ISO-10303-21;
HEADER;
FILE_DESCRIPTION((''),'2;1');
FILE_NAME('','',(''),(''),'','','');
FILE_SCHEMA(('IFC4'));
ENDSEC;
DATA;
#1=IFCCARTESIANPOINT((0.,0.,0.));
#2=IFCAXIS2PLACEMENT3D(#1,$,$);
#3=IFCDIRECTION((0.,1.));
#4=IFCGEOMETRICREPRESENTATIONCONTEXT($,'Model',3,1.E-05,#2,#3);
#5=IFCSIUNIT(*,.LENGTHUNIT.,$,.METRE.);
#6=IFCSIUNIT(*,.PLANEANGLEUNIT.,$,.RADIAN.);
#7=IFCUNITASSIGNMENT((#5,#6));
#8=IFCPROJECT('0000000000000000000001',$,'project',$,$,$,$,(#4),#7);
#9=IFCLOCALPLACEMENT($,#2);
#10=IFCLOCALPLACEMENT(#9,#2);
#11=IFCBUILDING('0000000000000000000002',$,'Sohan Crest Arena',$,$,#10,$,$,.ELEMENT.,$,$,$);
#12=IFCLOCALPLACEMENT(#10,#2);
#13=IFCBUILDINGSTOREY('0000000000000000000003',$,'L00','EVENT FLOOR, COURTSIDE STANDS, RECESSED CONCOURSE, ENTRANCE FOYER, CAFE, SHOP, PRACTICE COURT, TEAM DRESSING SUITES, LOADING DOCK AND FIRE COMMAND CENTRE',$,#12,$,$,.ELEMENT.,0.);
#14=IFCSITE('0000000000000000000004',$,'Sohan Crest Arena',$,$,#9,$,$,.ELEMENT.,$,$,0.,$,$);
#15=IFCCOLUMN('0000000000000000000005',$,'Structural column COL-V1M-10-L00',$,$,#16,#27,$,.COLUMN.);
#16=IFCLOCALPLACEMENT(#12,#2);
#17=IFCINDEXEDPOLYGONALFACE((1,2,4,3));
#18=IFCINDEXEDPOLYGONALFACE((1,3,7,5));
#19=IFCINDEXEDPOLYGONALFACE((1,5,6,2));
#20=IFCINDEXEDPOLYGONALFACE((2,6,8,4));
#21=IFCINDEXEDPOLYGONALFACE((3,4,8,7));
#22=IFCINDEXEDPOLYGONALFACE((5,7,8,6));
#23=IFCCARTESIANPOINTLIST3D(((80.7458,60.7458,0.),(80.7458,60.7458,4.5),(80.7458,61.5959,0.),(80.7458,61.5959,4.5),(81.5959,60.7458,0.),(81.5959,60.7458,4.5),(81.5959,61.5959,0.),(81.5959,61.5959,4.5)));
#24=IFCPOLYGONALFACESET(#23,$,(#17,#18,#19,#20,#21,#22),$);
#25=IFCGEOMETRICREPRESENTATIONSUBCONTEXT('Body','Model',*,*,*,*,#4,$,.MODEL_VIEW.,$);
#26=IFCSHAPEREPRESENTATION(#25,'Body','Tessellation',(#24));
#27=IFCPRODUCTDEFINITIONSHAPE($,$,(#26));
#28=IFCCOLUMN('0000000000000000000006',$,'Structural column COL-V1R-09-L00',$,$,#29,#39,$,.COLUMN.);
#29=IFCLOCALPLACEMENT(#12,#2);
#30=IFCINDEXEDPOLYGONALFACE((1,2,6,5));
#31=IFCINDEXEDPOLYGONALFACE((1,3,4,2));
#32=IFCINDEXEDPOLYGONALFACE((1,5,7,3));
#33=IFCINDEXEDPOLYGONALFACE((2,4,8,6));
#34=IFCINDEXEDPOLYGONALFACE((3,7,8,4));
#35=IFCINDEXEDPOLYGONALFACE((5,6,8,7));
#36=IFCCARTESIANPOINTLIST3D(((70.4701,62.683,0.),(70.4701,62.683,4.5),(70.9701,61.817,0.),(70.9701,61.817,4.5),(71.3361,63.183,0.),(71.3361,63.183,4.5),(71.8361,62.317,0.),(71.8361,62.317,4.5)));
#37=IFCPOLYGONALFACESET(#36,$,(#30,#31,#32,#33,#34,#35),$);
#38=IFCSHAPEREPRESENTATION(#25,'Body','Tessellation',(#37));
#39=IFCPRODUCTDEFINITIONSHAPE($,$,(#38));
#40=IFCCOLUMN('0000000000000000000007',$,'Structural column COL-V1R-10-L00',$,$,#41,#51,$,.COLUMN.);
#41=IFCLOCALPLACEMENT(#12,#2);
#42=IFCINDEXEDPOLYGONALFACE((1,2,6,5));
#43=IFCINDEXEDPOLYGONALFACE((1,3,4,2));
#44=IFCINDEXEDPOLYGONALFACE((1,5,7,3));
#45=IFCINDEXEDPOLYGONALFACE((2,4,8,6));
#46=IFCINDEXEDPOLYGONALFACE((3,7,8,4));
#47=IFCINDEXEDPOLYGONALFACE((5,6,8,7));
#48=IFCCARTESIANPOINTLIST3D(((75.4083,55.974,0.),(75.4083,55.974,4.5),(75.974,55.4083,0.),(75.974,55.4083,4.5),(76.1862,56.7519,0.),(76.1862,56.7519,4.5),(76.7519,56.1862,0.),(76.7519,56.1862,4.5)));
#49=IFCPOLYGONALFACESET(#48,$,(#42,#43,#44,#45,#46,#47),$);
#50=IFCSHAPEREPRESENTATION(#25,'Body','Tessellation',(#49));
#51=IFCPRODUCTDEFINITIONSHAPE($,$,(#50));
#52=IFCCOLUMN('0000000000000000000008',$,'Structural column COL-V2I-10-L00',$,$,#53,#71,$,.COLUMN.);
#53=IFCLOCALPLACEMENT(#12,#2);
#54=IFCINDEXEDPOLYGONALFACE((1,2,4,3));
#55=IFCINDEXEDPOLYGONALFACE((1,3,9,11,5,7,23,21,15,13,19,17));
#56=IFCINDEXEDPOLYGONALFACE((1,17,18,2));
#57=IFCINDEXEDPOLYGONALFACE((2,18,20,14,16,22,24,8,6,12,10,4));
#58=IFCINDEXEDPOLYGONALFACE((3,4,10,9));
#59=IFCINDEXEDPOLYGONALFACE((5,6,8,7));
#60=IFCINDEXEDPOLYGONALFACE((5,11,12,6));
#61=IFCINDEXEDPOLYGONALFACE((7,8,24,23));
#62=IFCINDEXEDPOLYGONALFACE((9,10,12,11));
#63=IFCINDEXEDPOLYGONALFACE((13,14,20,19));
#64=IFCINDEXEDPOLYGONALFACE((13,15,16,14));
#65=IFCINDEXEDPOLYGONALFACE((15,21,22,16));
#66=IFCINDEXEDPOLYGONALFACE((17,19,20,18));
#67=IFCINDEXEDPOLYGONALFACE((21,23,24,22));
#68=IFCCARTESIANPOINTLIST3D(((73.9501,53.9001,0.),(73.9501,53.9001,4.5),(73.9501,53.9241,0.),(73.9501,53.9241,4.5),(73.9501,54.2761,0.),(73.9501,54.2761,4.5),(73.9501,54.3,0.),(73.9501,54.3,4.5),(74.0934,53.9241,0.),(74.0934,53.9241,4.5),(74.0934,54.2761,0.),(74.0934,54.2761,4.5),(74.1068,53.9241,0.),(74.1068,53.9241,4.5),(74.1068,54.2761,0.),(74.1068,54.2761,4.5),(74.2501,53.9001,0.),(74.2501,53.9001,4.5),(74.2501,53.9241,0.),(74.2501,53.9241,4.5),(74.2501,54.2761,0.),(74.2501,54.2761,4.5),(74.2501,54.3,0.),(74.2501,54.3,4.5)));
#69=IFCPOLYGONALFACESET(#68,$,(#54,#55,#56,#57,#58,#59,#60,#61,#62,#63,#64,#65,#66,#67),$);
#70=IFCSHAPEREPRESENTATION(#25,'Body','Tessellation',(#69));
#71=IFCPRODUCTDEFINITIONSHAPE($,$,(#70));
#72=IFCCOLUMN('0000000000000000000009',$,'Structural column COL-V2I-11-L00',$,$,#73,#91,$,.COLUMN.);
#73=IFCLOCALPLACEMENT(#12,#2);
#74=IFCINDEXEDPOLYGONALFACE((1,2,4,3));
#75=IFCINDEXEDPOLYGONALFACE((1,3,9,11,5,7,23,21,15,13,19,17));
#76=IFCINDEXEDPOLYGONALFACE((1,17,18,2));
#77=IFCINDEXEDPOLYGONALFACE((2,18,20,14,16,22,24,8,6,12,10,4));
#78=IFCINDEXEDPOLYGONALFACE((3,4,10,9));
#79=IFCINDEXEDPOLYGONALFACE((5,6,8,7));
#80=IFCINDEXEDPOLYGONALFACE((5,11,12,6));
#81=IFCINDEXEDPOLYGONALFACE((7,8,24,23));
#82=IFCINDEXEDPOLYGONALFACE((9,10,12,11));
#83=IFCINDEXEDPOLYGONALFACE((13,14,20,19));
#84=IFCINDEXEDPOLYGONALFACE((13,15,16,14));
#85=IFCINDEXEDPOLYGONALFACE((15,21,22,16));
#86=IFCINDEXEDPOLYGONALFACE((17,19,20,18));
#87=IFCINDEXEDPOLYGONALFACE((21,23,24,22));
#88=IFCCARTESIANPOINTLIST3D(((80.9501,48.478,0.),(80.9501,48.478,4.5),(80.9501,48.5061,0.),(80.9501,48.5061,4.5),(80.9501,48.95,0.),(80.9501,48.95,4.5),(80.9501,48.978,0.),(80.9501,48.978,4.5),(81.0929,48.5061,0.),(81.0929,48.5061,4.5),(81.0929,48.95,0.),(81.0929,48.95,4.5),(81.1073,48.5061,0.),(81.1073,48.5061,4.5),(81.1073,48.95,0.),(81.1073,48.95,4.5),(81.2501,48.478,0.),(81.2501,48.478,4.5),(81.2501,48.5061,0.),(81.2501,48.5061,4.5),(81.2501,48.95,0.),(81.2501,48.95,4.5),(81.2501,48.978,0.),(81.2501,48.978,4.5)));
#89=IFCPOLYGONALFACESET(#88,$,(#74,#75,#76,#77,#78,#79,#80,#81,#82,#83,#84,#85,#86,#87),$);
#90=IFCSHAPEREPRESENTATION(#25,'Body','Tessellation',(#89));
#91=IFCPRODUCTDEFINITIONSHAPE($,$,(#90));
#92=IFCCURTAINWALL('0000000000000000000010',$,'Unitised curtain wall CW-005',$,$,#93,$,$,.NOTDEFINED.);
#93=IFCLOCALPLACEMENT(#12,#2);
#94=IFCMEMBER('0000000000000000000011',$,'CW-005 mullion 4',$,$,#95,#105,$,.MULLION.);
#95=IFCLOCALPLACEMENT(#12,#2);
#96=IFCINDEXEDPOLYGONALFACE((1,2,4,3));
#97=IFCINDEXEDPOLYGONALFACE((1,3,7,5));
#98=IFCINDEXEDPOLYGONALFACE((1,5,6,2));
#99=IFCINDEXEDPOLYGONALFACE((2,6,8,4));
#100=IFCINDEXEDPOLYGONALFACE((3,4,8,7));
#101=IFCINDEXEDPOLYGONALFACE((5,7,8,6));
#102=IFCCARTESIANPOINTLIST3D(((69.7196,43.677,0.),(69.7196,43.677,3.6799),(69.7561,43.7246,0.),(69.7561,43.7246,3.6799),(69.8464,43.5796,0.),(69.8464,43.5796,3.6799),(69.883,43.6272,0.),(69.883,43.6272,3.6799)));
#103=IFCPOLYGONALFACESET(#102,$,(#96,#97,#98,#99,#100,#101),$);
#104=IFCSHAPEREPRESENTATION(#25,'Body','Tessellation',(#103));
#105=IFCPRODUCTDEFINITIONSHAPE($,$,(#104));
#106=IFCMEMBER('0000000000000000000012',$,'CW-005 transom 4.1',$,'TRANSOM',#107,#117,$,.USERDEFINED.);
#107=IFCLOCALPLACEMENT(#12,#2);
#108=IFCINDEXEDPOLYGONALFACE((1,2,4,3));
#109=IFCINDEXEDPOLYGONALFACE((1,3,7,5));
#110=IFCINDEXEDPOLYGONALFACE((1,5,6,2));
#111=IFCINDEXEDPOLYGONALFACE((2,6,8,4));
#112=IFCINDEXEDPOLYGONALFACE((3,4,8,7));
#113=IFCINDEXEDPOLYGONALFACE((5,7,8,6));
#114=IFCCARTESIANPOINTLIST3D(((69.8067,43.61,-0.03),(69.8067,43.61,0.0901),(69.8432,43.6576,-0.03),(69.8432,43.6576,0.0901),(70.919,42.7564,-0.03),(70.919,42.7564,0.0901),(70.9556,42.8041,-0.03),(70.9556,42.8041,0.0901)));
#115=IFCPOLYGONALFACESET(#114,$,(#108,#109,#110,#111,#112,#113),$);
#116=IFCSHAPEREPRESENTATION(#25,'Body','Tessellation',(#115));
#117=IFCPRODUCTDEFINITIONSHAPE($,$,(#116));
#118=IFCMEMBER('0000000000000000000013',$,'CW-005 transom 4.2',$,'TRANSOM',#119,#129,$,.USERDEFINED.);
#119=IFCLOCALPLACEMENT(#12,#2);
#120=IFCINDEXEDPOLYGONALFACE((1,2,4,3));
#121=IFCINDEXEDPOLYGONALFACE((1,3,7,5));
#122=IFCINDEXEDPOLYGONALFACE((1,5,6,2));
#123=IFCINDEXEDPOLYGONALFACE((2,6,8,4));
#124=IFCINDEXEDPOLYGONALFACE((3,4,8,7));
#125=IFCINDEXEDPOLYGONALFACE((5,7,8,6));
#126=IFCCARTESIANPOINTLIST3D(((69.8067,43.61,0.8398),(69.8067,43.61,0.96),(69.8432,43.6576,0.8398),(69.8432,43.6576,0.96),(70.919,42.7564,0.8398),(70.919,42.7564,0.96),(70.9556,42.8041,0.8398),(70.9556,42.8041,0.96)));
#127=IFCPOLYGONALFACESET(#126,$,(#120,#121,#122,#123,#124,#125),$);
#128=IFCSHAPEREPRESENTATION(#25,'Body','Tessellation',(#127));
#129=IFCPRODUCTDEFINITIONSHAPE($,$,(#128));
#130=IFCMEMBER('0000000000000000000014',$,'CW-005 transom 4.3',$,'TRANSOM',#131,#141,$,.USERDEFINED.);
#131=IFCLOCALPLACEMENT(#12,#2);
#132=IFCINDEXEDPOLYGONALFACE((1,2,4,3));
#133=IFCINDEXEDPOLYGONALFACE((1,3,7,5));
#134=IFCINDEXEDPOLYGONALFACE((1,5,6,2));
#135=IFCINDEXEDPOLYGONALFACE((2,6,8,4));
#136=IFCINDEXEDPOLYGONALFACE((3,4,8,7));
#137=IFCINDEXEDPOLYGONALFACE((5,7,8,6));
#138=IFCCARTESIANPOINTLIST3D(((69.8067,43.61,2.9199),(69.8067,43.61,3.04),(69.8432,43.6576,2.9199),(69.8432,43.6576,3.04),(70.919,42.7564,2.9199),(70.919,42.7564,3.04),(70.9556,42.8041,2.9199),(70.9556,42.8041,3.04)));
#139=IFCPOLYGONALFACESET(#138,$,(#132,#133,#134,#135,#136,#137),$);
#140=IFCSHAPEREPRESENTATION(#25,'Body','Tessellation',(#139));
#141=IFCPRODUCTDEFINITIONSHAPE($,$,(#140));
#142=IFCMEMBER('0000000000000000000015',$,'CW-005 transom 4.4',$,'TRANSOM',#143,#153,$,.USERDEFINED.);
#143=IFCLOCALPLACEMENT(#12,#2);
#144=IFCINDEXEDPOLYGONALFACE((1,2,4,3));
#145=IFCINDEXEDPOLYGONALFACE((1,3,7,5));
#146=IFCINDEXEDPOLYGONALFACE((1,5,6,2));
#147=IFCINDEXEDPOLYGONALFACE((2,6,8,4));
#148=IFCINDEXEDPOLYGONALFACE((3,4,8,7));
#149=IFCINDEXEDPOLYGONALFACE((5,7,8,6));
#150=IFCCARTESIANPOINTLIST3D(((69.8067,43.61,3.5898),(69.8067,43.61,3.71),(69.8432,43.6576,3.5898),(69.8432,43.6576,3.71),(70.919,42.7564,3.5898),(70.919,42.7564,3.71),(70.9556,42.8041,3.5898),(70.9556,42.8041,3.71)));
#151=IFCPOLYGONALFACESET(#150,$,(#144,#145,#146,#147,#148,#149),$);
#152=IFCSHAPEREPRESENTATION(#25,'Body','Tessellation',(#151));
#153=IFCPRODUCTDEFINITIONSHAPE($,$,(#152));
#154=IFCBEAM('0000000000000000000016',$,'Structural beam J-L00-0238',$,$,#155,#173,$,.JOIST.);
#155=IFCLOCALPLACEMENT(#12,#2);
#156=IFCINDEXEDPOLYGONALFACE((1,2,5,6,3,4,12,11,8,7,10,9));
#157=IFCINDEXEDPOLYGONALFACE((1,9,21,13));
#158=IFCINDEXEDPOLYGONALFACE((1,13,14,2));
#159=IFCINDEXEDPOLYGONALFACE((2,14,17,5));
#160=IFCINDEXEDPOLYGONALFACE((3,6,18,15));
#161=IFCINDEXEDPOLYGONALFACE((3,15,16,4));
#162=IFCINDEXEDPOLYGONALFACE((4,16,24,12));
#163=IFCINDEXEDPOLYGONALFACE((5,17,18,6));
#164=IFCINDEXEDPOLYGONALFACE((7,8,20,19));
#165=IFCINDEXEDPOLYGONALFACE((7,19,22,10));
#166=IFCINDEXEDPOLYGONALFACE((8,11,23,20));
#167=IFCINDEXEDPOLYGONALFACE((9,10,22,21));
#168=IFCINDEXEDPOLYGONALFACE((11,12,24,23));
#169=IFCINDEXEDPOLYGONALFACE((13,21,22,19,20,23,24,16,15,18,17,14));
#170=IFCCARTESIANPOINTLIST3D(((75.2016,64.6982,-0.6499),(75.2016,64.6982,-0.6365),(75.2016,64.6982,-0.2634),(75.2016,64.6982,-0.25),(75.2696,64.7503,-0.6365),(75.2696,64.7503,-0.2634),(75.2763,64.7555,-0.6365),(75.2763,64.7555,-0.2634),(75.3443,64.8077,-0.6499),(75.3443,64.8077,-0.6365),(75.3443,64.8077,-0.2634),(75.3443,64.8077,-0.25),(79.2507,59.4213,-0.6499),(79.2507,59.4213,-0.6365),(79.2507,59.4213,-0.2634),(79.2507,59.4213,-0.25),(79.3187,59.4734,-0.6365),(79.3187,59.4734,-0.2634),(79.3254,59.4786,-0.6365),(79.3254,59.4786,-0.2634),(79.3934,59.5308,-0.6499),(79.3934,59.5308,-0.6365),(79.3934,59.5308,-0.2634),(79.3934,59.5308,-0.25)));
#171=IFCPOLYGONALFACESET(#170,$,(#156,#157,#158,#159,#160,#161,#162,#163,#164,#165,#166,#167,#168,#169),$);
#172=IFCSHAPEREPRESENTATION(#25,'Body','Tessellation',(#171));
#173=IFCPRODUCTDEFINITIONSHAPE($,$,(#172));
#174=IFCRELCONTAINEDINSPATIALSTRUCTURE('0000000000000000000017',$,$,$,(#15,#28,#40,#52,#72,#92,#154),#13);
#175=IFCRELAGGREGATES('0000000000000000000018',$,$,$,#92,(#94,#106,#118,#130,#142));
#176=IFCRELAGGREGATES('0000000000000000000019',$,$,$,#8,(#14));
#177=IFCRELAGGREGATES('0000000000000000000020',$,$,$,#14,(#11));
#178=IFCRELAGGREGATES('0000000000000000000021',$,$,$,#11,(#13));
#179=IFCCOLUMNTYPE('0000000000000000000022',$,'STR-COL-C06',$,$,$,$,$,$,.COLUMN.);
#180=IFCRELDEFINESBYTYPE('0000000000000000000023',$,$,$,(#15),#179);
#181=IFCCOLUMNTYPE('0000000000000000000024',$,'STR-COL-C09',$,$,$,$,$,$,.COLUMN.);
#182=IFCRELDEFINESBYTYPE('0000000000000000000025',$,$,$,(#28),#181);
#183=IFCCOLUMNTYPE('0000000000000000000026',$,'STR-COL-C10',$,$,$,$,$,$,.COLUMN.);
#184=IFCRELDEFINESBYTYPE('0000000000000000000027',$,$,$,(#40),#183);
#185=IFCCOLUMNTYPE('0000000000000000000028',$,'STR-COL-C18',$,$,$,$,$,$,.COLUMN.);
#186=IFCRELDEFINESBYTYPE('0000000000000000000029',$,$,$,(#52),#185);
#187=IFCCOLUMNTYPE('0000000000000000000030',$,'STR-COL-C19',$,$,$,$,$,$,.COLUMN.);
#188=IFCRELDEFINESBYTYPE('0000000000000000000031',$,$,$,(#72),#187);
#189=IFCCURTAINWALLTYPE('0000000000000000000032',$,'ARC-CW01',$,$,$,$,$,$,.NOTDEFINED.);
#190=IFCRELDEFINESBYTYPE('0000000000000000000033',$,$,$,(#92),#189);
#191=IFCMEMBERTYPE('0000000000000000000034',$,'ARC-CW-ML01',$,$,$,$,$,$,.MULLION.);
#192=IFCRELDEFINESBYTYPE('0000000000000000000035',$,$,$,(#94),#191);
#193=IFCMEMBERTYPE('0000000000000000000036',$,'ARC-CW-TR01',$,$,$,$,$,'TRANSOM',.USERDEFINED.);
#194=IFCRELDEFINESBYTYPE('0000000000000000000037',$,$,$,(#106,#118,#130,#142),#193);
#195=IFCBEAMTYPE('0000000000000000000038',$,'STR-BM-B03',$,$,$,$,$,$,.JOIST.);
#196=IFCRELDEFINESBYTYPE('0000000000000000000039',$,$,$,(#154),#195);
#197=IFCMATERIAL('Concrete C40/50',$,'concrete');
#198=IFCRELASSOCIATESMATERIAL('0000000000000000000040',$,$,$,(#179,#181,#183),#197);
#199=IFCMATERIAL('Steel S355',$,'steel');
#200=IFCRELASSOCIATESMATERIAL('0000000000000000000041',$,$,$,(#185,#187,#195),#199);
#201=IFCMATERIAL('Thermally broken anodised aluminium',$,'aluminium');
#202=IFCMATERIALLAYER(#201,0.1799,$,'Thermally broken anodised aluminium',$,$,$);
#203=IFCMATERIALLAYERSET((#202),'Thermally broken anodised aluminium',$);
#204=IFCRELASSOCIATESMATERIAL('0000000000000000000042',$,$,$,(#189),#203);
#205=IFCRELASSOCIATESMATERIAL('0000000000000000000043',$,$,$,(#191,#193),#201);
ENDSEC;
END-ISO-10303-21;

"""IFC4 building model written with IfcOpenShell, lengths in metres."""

from ifc_helpers import new_model, si_unit, direction, frame, origin, origin_2d, place, context, subcontext, project, spatial, rectangle, i_section, extrude, material, layer, layer_set, material_profile, profile_set, type_object, element, aggregate, save


model = new_model("IFC4")

# Units and contexts
model_context = context("Model", 3, precision=1e-05, world=origin(), true_north=direction((0.0, 1.0)))
body_context = subcontext(model_context, "Body", "Model", "MODEL_VIEW")
ifc_project = project(units=[si_unit("LENGTHUNIT", "METRE"), si_unit("PLANEANGLEUNIT", "RADIAN")], contexts=[model_context])

# Site, building, storey
site_placement = place(None, origin())
site = spatial("IfcSite", under=ifc_project, at=site_placement, Name="Sohan Crest Arena", CompositionType="ELEMENT", RefElevation=0.0)
building_placement = place(site_placement, origin())
building = spatial("IfcBuilding", under=site, at=building_placement, Name="Sohan Crest Arena", CompositionType="ELEMENT")
storey_placement = place(building_placement, origin())
storey = spatial("IfcBuildingStorey", under=building, at=storey_placement, Name="L00", Description="EVENT FLOOR, COURTSIDE STANDS, RECESSED CONCOURSE, ENTRANCE FOYER, CAFE, SHOP, PRACTICE COURT, TEAM DRESSING SUITES, LOADING DOCK AND FIRE COMMAND CENTRE", CompositionType="ELEMENT", Elevation=0.0)

# Columns
ifc_material_1 = material(Name="Concrete C40/50", Category="concrete")
ifc_material_profile_1 = material_profile(ifc_material_1, rectangle(XDim=0.8501, YDim=0.8501, at=origin_2d()), Name="RC 850x850")
ifc_profile_set_1 = profile_set([ifc_material_profile_1], Name="Concrete C40/50")
column_type_1 = type_object("IfcColumnType", Name="STR-COL-C06", PredefinedType="COLUMN", material=ifc_profile_set_1)
column_1_placement = place(storey_placement, frame((81.1709, 61.1709, 0.0), z_axis=(0.0, 0.0, 1.0), x_axis=(1.0, 0.0, 0.0)))
element("IfcColumn", 1, at=column_1_placement, inside=storey, type_object=column_type_1, Name="Structural column COL-V1M-10-L00", PredefinedType="COLUMN", context=body_context, shape_type="SweptSolid", body=[
    extrude(rectangle(XDim=0.8501, YDim=0.8501, at=origin_2d()), origin(), (0.0, 0.0, 1.0), 4.5),
])
ifc_material_profile_2 = material_profile(ifc_material_1, rectangle(XDim=1.0, YDim=1.0, at=origin_2d()), Name="RC 1000x1000")
ifc_profile_set_2 = profile_set([ifc_material_profile_2], Name="Concrete C40/50")
column_type_2 = type_object("IfcColumnType", Name="STR-COL-C09", PredefinedType="COLUMN", material=ifc_profile_set_2)
column_2_placement = place(storey_placement, frame((71.1531, 62.5, 0.0), z_axis=(0.0, 0.0, 1.0), x_axis=(0.866025, 0.5, 0.0)))
element("IfcColumn", 2, at=column_2_placement, inside=storey, type_object=column_type_2, Name="Structural column COL-V1R-09-L00", PredefinedType="COLUMN", context=body_context, shape_type="SweptSolid", body=[
    extrude(rectangle(XDim=1.0, YDim=1.0, at=origin_2d()), origin(), (0.0, 0.0, 1.0), 4.5),
])
ifc_material_profile_3 = material_profile(ifc_material_1, rectangle(XDim=1.1001, YDim=0.8, at=origin_2d()), Name="RC 1100x800")
ifc_profile_set_3 = profile_set([ifc_material_profile_3], Name="Concrete C40/50")
column_type_3 = type_object("IfcColumnType", Name="STR-COL-C10", PredefinedType="COLUMN", material=ifc_profile_set_3)
column_3_placement = place(storey_placement, frame((76.0801, 56.0801, 0.0), z_axis=(0.0, 0.0, 1.0), x_axis=(0.707107, 0.707107, 0.0)))
element("IfcColumn", 3, at=column_3_placement, inside=storey, type_object=column_type_3, Name="Structural column COL-V1R-10-L00", PredefinedType="COLUMN", context=body_context, shape_type="SweptSolid", body=[
    extrude(rectangle(XDim=1.1001, YDim=0.8, at=origin_2d()), origin(), (0.0, 0.0, 1.0), 4.5),
])
ifc_material_2 = material(Name="Steel S355", Category="steel")
ifc_material_profile_4 = material_profile(ifc_material_2, i_section(OverallWidth=0.3, OverallDepth=0.3999, WebThickness=0.0134, FlangeThickness=0.0239, at=origin_2d()), Name="HEB 400")
ifc_profile_set_4 = profile_set([ifc_material_profile_4], Name="Steel S355")
column_type_4 = type_object("IfcColumnType", Name="STR-COL-C18", PredefinedType="COLUMN", material=ifc_profile_set_4)
column_4_placement = place(storey_placement, frame((74.1001, 54.1001, 0.0), z_axis=(0.0, 0.0, 1.0), x_axis=(1.0, 0.0, 0.0)))
element("IfcColumn", 4, at=column_4_placement, inside=storey, type_object=column_type_4, Name="Structural column COL-V2I-10-L00", PredefinedType="COLUMN", context=body_context, shape_type="SweptSolid", body=[
    extrude(i_section(OverallWidth=0.3, OverallDepth=0.3999, WebThickness=0.0134, FlangeThickness=0.0239, at=origin_2d()), origin(), (0.0, 0.0, 1.0), 4.5),
])
ifc_material_profile_5 = material_profile(ifc_material_2, i_section(OverallWidth=0.3, OverallDepth=0.5, WebThickness=0.0144, FlangeThickness=0.0281, at=origin_2d()), Name="HEB 500")
ifc_profile_set_5 = profile_set([ifc_material_profile_5], Name="Steel S355")
column_type_5 = type_object("IfcColumnType", Name="STR-COL-C19", PredefinedType="COLUMN", material=ifc_profile_set_5)
column_5_placement = place(storey_placement, frame((81.1001, 48.728, 0.0), z_axis=(0.0, 0.0, 1.0), x_axis=(1.0, 0.0, 0.0)))
element("IfcColumn", 5, at=column_5_placement, inside=storey, type_object=column_type_5, Name="Structural column COL-V2I-11-L00", PredefinedType="COLUMN", context=body_context, shape_type="SweptSolid", body=[
    extrude(i_section(OverallWidth=0.3, OverallDepth=0.5, WebThickness=0.0144, FlangeThickness=0.0281, at=origin_2d()), origin(), (0.0, 0.0, 1.0), 4.5),
])

# Curtain wall, members
ifc_material_3 = material(Name="Thermally broken anodised aluminium", Category="aluminium")
ifc_layer_1 = layer(ifc_material_3, 0.1799, Name="Thermally broken anodised aluminium")
ifc_layer_set_1 = layer_set([ifc_layer_1], Name="Thermally broken anodised aluminium")
curtain_wall_type = type_object("IfcCurtainWallType", Name="ARC-CW01", PredefinedType="NOTDEFINED", material=ifc_layer_set_1)
curtain_wall_placement = place(storey_placement, origin())
curtain_wall = element("IfcCurtainWall", 6, at=curtain_wall_placement, inside=storey, type_object=curtain_wall_type, Name="Unitised curtain wall CW-005", PredefinedType="NOTDEFINED")
ifc_material_profile_6 = material_profile(ifc_material_3, rectangle(XDim=0.0601, YDim=0.1599, at=origin_2d()), Name="ALU-MULL 60x160")
ifc_profile_set_6 = profile_set([ifc_material_profile_6], Name="Thermally broken anodised aluminium")
member_type_1 = type_object("IfcMemberType", Name="ARC-CW-ML01", PredefinedType="MULLION", material=ifc_profile_set_6)
member_1_placement = place(storey_placement, frame((69.8013, 43.6521, 0.0), z_axis=(0.0, 0.0, 1.0), x_axis=(0.608801, 0.793323, 0.0)))
member_1 = element("IfcMember", 7, at=member_1_placement, type_object=member_type_1, Name="CW-005 mullion 4", PredefinedType="MULLION", context=body_context, shape_type="SweptSolid", body=[
    extrude(rectangle(XDim=0.0601, YDim=0.1599, at=origin_2d()), origin(), (0.0, 0.0, 1.0), 3.6799),
])
ifc_material_profile_7 = material_profile(ifc_material_3, rectangle(XDim=0.0601, YDim=0.1201, at=origin_2d()), Name="ALU-TRAN 60x120")
ifc_profile_set_7 = profile_set([ifc_material_profile_7], Name="Thermally broken anodised aluminium")
member_type_2 = type_object("IfcMemberType", Name="ARC-CW-TR01", ElementType="TRANSOM", PredefinedType="USERDEFINED", material=ifc_profile_set_7)
member_2_placement = place(storey_placement, frame((69.825, 43.6338, 0.03), z_axis=(0.793348, -0.608768, 0.0), x_axis=(0.608768, 0.793348, 0.0)))
member_2 = element("IfcMember", 8, at=member_2_placement, type_object=member_type_2, Name="CW-005 transom 4.1", ObjectType="TRANSOM", PredefinedType="USERDEFINED", context=body_context, shape_type="SweptSolid", body=[
    extrude(rectangle(XDim=0.0601, YDim=0.1201, at=origin_2d()), origin(), (0.0, 0.0, 1.0), 1.4021),
])
member_3_placement = place(storey_placement, frame((69.825, 43.6338, 0.8999), z_axis=(0.793348, -0.608768, 0.0), x_axis=(0.608768, 0.793348, 0.0)))
member_3 = element("IfcMember", 9, at=member_3_placement, type_object=member_type_2, Name="CW-005 transom 4.2", ObjectType="TRANSOM", PredefinedType="USERDEFINED", context=body_context, shape_type="SweptSolid", body=[
    extrude(rectangle(XDim=0.0601, YDim=0.1201, at=origin_2d()), origin(), (0.0, 0.0, 1.0), 1.4021),
])
member_4_placement = place(storey_placement, frame((69.825, 43.6338, 2.98), z_axis=(0.793348, -0.608768, 0.0), x_axis=(0.608768, 0.793348, 0.0)))
member_4 = element("IfcMember", 10, at=member_4_placement, type_object=member_type_2, Name="CW-005 transom 4.3", ObjectType="TRANSOM", PredefinedType="USERDEFINED", context=body_context, shape_type="SweptSolid", body=[
    extrude(rectangle(XDim=0.0601, YDim=0.1201, at=origin_2d()), origin(), (0.0, 0.0, 1.0), 1.4021),
])
member_5_placement = place(storey_placement, frame((69.825, 43.6338, 3.6499), z_axis=(0.793348, -0.608768, 0.0), x_axis=(0.608768, 0.793348, 0.0)))
member_5 = element("IfcMember", 11, at=member_5_placement, type_object=member_type_2, Name="CW-005 transom 4.4", ObjectType="TRANSOM", PredefinedType="USERDEFINED", context=body_context, shape_type="SweptSolid", body=[
    extrude(rectangle(XDim=0.0601, YDim=0.1201, at=origin_2d()), origin(), (0.0, 0.0, 1.0), 1.4021),
])

# Beam
ifc_material_profile_8 = material_profile(ifc_material_2, i_section(OverallWidth=0.1799, OverallDepth=0.3999, WebThickness=0.0085, FlangeThickness=0.0134, at=origin_2d()), Name="IPE 400")
ifc_profile_set_8 = profile_set([ifc_material_profile_8], Name="Steel S355")
beam_type_1 = type_object("IfcBeamType", Name="STR-BM-B03", PredefinedType="JOIST", material=ifc_profile_set_8)
beam_1_placement = place(storey_placement, frame((75.2729, 64.7529, -0.45), z_axis=(0.608761, -0.793353, 0.0), x_axis=(0.793353, 0.608761, 0.0)))
element("IfcBeam", 12, at=beam_1_placement, inside=storey, type_object=beam_type_1, Name="Structural beam J-L00-0238", PredefinedType="JOIST", context=body_context, shape_type="SweptSolid", body=[
    extrude(i_section(OverallWidth=0.1799, OverallDepth=0.3999, WebThickness=0.0085, FlangeThickness=0.0134, at=origin_2d()), origin(), (0.0, 0.0, 1.0), 6.6514),
])

aggregate(curtain_wall, [member_1, member_2, member_3, member_4, member_5])

save(model, "model.ifc")
